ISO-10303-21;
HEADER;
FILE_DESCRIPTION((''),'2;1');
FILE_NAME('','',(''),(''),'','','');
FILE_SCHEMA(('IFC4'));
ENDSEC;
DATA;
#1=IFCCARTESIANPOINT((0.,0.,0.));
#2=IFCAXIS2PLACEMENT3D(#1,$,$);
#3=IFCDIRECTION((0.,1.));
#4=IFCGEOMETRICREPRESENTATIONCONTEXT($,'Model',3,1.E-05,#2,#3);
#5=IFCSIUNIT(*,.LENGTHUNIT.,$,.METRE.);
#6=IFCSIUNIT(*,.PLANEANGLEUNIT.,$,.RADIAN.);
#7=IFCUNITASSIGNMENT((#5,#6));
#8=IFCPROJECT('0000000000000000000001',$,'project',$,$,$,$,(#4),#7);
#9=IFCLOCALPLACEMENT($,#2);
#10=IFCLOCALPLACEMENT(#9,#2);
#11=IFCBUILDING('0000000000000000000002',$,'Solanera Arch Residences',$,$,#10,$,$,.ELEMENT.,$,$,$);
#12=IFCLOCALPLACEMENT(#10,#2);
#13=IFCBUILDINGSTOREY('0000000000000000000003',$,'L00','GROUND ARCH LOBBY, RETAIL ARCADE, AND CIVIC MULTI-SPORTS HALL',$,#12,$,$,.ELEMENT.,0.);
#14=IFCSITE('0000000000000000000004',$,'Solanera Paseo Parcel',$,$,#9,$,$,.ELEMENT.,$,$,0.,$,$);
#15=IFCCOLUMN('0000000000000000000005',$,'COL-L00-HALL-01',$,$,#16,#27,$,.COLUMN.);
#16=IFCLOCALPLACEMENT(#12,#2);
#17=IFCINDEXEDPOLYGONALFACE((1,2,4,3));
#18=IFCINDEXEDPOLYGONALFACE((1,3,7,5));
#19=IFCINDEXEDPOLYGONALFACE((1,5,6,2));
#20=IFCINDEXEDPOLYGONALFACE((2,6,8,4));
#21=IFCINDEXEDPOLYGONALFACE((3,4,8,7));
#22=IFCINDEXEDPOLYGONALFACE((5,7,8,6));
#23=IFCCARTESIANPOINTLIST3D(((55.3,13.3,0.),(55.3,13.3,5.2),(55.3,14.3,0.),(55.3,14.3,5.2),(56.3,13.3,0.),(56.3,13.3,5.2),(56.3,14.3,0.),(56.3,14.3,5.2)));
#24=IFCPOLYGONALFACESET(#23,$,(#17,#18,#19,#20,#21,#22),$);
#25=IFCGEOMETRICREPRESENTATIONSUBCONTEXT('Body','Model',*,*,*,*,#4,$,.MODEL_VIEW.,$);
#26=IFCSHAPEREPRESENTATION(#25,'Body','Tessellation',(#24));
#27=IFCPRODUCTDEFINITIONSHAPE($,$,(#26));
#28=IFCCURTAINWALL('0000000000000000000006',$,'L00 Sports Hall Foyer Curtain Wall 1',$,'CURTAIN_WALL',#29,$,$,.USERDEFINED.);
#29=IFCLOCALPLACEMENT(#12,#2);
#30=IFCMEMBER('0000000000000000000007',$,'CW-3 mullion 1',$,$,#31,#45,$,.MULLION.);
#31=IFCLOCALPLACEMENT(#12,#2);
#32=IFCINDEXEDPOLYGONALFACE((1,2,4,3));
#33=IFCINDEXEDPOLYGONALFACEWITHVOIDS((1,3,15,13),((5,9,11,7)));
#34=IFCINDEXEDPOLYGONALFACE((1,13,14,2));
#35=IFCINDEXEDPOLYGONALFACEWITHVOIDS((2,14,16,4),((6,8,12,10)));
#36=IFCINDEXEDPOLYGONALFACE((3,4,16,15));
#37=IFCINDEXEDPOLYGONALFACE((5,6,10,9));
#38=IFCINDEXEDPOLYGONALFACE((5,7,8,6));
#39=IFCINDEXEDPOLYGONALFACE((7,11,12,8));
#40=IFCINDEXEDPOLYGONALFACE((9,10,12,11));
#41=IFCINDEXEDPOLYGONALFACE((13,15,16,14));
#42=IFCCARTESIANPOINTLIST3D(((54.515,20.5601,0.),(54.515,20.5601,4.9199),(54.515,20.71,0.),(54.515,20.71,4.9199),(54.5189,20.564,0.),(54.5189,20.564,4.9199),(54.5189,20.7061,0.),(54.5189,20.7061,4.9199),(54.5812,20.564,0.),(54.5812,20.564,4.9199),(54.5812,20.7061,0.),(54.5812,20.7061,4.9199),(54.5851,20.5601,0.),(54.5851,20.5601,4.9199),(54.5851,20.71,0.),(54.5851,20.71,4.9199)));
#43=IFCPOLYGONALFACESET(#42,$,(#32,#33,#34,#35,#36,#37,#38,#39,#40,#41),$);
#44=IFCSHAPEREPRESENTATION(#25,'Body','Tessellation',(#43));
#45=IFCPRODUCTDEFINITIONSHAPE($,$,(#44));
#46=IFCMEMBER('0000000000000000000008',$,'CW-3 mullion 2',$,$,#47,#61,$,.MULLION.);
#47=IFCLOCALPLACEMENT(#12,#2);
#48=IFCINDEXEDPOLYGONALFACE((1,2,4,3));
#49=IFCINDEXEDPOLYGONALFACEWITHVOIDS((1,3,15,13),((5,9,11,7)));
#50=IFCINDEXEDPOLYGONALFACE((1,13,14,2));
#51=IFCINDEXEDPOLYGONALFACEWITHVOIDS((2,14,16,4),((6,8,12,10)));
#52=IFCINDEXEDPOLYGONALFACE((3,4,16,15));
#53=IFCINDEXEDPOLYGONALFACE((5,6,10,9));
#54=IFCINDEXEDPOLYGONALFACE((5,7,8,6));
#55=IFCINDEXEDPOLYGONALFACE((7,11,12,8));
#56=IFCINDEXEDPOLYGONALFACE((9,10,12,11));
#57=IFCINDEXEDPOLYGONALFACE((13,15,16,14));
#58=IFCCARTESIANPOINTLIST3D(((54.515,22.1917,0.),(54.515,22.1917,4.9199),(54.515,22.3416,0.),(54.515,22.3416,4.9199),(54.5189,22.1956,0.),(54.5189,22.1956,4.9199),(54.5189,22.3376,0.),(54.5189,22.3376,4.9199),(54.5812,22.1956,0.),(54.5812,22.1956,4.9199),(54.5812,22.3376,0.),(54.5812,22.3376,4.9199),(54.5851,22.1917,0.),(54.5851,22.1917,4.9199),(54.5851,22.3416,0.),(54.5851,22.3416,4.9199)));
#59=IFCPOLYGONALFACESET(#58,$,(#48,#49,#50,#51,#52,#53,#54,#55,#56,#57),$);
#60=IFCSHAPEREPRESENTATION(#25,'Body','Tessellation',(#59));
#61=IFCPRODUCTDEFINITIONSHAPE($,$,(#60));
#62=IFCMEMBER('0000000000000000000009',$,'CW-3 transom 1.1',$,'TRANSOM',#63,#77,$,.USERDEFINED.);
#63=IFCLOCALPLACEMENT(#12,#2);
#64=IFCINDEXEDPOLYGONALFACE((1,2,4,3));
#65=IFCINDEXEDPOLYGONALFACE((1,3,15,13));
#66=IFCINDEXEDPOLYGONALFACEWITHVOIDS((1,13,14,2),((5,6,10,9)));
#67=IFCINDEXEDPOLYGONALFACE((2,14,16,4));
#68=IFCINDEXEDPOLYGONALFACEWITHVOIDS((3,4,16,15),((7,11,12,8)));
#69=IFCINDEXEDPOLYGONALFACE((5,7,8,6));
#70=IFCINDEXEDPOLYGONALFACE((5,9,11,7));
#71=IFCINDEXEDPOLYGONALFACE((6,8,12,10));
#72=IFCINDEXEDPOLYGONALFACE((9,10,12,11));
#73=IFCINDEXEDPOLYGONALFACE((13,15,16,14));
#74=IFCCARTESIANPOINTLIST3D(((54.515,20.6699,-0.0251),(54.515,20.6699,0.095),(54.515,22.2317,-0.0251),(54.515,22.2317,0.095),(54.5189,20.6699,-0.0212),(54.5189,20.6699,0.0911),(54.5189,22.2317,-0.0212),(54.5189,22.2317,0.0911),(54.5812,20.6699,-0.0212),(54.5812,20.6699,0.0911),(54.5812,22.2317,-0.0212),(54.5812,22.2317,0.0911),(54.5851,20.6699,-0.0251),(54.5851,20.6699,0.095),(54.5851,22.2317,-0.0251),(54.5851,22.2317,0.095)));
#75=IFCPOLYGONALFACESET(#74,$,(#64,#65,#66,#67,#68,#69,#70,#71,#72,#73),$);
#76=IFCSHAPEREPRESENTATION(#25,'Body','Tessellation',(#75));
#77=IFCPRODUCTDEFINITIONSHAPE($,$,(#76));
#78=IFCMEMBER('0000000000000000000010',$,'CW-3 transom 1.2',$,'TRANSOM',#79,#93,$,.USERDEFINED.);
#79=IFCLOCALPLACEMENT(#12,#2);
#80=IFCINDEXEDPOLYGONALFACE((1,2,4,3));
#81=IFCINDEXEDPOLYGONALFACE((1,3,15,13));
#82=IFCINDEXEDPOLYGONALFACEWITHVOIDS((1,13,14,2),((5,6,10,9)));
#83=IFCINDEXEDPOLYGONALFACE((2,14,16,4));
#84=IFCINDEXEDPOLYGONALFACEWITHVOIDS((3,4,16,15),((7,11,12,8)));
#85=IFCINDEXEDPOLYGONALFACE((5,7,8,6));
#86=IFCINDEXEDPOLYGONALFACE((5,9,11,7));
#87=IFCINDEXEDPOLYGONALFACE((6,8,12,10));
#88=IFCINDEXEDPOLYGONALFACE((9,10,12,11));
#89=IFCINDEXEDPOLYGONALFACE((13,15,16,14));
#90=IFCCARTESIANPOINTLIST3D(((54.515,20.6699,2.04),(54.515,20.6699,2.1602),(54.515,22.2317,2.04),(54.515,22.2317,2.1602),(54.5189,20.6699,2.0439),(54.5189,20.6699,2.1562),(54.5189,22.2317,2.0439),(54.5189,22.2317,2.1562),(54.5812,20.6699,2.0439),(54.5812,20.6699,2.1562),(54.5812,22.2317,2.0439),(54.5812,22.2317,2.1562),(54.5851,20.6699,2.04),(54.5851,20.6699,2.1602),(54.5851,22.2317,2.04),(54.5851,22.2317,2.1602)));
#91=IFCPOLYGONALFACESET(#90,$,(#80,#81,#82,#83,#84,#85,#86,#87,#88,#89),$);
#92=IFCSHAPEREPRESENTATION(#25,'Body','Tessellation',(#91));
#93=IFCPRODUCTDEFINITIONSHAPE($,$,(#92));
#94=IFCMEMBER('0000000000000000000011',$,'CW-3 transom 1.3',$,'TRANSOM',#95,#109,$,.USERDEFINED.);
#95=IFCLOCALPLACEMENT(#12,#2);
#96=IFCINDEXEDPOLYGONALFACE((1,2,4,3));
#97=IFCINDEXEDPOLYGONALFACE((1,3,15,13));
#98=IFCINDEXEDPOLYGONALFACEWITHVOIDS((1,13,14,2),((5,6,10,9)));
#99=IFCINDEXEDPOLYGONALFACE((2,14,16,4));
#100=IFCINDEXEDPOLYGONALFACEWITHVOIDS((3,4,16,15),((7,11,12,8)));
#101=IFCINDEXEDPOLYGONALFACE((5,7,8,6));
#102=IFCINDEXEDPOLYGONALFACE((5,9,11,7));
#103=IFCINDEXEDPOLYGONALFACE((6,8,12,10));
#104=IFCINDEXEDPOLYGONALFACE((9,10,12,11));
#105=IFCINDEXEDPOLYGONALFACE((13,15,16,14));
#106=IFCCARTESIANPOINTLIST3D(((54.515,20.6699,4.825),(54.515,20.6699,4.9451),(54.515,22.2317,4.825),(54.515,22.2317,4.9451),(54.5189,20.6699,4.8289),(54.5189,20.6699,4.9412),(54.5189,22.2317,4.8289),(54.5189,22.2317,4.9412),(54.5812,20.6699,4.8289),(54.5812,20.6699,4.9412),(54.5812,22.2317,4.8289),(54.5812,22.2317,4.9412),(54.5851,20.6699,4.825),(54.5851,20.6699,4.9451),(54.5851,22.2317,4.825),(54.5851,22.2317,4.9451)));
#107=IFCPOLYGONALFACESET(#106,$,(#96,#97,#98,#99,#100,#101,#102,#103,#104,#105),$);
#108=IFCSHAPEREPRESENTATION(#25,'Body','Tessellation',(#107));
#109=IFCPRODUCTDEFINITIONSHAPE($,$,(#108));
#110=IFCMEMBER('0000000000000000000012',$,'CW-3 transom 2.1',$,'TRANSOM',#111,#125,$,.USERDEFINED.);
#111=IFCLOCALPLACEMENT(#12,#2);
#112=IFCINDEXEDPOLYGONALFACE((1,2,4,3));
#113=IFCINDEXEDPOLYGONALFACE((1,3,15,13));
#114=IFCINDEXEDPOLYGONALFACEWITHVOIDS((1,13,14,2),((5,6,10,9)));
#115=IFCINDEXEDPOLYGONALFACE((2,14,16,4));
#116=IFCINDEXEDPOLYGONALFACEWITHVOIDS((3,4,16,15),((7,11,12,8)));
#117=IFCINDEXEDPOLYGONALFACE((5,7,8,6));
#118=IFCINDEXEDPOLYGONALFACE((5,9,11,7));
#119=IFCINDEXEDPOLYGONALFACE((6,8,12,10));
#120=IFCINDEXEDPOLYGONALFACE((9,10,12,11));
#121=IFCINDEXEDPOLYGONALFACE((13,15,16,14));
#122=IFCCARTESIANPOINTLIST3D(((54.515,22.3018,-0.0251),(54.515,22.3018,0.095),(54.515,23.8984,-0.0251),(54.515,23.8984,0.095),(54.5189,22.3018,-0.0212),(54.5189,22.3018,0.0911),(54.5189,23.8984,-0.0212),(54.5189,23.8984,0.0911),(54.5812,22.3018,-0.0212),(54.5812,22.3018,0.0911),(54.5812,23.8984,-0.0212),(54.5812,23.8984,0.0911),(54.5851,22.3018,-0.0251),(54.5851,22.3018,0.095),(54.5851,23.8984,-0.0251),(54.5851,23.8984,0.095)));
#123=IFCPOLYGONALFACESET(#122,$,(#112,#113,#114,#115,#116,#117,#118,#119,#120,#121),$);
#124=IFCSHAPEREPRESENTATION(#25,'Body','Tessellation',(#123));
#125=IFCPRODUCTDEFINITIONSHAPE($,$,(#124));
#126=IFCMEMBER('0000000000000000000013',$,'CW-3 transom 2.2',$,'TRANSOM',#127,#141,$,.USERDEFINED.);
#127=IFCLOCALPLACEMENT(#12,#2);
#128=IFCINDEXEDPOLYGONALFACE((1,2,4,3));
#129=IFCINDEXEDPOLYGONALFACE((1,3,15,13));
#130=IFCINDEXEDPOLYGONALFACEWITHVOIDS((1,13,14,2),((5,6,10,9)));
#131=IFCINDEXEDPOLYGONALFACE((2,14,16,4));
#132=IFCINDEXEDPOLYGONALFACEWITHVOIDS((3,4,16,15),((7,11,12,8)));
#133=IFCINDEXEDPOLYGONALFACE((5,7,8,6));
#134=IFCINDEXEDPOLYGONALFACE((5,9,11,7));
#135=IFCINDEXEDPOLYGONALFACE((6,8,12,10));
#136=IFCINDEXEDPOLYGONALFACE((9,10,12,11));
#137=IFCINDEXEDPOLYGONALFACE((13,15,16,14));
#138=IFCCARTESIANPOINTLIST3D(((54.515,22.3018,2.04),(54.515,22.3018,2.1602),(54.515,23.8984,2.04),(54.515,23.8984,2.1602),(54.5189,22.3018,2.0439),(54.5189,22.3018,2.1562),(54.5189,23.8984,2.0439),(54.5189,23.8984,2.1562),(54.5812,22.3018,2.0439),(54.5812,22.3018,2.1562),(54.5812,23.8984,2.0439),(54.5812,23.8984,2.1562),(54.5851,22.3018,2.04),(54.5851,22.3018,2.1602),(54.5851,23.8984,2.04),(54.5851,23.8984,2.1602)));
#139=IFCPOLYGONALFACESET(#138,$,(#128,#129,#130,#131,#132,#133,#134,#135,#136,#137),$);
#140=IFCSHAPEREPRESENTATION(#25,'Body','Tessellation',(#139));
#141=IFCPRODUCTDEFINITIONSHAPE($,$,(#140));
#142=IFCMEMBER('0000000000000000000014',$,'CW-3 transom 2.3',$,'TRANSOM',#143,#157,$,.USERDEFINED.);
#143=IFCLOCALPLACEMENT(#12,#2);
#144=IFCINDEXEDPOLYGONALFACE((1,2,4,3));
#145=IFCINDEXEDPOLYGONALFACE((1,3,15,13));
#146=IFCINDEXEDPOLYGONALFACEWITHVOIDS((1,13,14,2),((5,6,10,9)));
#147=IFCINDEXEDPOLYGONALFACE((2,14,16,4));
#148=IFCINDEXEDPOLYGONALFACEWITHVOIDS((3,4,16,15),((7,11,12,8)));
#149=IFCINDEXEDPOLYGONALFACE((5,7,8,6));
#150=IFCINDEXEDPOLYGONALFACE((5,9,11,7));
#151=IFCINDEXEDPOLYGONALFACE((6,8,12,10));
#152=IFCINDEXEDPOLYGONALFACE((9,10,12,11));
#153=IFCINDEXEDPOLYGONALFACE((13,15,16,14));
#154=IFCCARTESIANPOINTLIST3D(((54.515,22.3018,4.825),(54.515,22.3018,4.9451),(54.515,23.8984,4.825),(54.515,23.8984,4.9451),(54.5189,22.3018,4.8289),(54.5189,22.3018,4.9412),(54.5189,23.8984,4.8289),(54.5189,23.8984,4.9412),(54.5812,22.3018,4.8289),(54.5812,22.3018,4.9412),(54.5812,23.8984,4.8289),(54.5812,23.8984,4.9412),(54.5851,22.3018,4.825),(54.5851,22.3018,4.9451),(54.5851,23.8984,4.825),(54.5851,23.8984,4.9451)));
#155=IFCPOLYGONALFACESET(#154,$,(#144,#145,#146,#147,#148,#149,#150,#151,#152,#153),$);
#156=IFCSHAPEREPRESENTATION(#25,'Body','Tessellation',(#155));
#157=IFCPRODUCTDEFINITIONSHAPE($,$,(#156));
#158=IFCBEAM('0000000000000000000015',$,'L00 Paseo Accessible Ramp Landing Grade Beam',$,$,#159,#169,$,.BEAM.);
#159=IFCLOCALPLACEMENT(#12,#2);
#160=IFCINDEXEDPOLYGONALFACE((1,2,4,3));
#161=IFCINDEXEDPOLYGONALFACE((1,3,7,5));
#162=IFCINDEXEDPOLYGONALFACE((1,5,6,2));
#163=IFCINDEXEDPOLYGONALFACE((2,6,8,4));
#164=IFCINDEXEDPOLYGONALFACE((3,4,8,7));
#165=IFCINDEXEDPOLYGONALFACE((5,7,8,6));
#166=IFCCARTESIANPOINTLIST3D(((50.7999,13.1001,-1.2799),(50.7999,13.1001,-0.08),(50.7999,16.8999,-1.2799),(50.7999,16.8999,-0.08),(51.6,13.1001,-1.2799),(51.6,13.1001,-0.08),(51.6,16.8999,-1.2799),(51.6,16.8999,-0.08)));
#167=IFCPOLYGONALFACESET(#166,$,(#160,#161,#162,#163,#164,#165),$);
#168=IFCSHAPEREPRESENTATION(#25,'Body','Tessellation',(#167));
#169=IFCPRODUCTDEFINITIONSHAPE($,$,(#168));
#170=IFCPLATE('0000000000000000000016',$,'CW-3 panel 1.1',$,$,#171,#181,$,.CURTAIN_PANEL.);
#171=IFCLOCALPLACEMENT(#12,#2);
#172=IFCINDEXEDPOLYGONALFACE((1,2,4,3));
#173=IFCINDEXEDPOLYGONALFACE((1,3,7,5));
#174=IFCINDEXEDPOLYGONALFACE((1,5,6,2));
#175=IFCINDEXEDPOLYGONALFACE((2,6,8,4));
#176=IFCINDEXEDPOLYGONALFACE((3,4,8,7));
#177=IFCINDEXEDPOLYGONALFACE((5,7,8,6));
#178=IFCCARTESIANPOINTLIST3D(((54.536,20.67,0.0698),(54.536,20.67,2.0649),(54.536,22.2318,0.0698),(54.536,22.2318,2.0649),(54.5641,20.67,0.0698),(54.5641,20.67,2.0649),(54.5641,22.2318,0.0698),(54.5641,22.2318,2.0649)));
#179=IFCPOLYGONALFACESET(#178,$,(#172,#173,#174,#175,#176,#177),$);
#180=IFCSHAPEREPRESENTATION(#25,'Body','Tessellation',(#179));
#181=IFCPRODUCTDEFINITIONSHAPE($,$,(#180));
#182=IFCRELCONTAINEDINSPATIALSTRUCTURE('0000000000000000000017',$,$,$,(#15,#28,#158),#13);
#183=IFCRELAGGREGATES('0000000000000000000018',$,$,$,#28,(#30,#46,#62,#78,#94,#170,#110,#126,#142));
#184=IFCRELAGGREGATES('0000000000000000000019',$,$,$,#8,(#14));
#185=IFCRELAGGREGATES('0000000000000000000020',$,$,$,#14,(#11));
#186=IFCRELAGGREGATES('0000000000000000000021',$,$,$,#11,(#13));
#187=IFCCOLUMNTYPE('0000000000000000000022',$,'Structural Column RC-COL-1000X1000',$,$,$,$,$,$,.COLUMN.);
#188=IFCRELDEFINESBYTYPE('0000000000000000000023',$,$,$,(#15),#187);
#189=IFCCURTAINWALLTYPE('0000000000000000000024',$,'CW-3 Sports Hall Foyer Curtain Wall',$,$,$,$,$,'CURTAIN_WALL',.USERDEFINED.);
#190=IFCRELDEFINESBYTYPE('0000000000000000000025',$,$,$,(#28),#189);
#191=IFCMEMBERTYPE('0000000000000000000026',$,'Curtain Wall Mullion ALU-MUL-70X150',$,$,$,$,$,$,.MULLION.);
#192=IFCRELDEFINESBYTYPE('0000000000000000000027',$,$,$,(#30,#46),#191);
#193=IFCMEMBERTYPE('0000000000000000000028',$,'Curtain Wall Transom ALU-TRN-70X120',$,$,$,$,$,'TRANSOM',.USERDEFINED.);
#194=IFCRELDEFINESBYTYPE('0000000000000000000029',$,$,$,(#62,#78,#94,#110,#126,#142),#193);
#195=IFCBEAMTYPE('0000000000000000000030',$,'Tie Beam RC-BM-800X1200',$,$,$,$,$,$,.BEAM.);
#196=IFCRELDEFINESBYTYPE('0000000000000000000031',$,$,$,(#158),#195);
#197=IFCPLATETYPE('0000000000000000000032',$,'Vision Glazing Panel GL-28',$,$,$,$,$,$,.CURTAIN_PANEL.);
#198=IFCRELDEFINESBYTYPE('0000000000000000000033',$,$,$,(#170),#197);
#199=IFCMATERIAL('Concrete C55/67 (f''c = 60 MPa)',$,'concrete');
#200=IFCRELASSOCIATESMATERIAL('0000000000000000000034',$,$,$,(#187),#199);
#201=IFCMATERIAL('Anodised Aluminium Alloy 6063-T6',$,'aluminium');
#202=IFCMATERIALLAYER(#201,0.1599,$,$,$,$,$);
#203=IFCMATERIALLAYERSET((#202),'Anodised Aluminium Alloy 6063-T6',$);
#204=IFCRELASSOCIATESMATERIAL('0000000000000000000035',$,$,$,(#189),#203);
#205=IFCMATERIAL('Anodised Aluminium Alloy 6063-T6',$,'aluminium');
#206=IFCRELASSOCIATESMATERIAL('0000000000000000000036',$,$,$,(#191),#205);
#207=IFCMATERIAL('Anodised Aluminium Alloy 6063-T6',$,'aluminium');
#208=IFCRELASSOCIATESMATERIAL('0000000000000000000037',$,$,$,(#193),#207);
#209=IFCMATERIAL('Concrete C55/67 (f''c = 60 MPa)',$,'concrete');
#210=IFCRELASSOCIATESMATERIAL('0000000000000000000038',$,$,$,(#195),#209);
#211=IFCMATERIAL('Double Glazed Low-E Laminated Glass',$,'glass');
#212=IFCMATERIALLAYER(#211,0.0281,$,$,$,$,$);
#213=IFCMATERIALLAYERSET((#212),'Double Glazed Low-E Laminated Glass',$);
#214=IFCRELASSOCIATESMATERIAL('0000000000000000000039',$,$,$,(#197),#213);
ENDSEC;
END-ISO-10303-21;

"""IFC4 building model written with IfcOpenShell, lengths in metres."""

from ifc_helpers import new_model, si_unit, direction, frame, origin, origin_2d, place, context, subcontext, project, spatial, rectangle, hollow_rectangle, extrude, material, layer, layer_set, material_profile, profile_set, type_object, element, aggregate, save


model = new_model("IFC4")

# Units and contexts
model_context = context("Model", 3, precision=1e-05, world=origin(), true_north=direction((0.0, 1.0)))
body_context = subcontext(model_context, "Body", "Model", "MODEL_VIEW")
ifc_project = project(units=[si_unit("LENGTHUNIT", "METRE"), si_unit("PLANEANGLEUNIT", "RADIAN")], contexts=[model_context])

# Site, building, storey
site_placement = place(None, origin())
site = spatial("IfcSite", under=ifc_project, at=site_placement, Name="Solanera Paseo Parcel", CompositionType="ELEMENT", RefElevation=0.0)
building_placement = place(site_placement, origin())
building = spatial("IfcBuilding", under=site, at=building_placement, Name="Solanera Arch Residences", CompositionType="ELEMENT")
storey_placement = place(building_placement, origin())
storey = spatial("IfcBuildingStorey", under=building, at=storey_placement, Name="L00", Description="GROUND ARCH LOBBY, RETAIL ARCADE, AND CIVIC MULTI-SPORTS HALL", CompositionType="ELEMENT", Elevation=0.0)

# Column
ifc_material_1 = material(Name="Concrete C55/67 (f'c = 60 MPa)", Category="concrete")
ifc_material_profile_1 = material_profile(ifc_material_1, rectangle(XDim=1.0, YDim=1.0, at=origin_2d()))
ifc_profile_set_1 = profile_set([ifc_material_profile_1], Name="Concrete C55/67 (f'c = 60 MPa)")
column_type = type_object("IfcColumnType", Name="Structural Column RC-COL-1000X1000", PredefinedType="COLUMN", material=ifc_profile_set_1)
column_placement = place(storey_placement, frame((55.8, 13.8, 0.0), z_axis=(0.0, 0.0, 1.0), x_axis=(1.0, 0.0, 0.0)))
element("IfcColumn", 1, at=column_placement, inside=storey, type_object=column_type, Name="COL-L00-HALL-01", PredefinedType="COLUMN", context=body_context, shape_type="SweptSolid", body=[
    extrude(rectangle(XDim=1.0, YDim=1.0, at=origin_2d()), origin(), (0.0, 0.0, 1.0), 5.2),
])

# Curtain wall, members
ifc_material_2 = material(Name="Anodised Aluminium Alloy 6063-T6", Category="aluminium")
ifc_layer_1 = layer(ifc_material_2, 0.1599)
ifc_layer_set_1 = layer_set([ifc_layer_1], Name="Anodised Aluminium Alloy 6063-T6")
curtain_wall_type = type_object("IfcCurtainWallType", Name="CW-3 Sports Hall Foyer Curtain Wall", ElementType="CURTAIN_WALL", PredefinedType="USERDEFINED", material=ifc_layer_set_1)
curtain_wall_placement = place(storey_placement, origin())
curtain_wall = element("IfcCurtainWall", 2, at=curtain_wall_placement, inside=storey, type_object=curtain_wall_type, Name="L00 Sports Hall Foyer Curtain Wall 1", ObjectType="CURTAIN_WALL", PredefinedType="USERDEFINED")
ifc_material_3 = material(Name="Anodised Aluminium Alloy 6063-T6", Category="aluminium")
ifc_material_profile_2 = material_profile(ifc_material_3, hollow_rectangle(XDim=0.0701, YDim=0.1499, WallThickness=0.0039, at=origin_2d()))
ifc_profile_set_2 = profile_set([ifc_material_profile_2], Name="Anodised Aluminium Alloy 6063-T6")
member_type_1 = type_object("IfcMemberType", Name="Curtain Wall Mullion ALU-MUL-70X150", PredefinedType="MULLION", material=ifc_profile_set_2)
member_1_placement = place(storey_placement, frame((54.55, 20.635, 0.0), z_axis=(0.0, 0.0, 1.0), x_axis=(-1.0, 0.0, 0.0)))
member_1 = element("IfcMember", 3, at=member_1_placement, type_object=member_type_1, Name="CW-3 mullion 1", PredefinedType="MULLION", context=body_context, shape_type="SweptSolid", body=[
    extrude(hollow_rectangle(XDim=0.0701, YDim=0.1499, WallThickness=0.0039, at=origin_2d()), origin(), (0.0, 0.0, 1.0), 4.9199),
])
member_2_placement = place(storey_placement, frame((54.55, 22.2666, 0.0), z_axis=(0.0, 0.0, 1.0), x_axis=(-1.0, 0.0, 0.0)))
member_2 = element("IfcMember", 4, at=member_2_placement, type_object=member_type_1, Name="CW-3 mullion 2", PredefinedType="MULLION", context=body_context, shape_type="SweptSolid", body=[
    extrude(hollow_rectangle(XDim=0.0701, YDim=0.1499, WallThickness=0.0039, at=origin_2d()), origin(), (0.0, 0.0, 1.0), 4.9199),
])
ifc_material_4 = material(Name="Anodised Aluminium Alloy 6063-T6", Category="aluminium")
ifc_material_profile_3 = material_profile(ifc_material_4, hollow_rectangle(XDim=0.0701, YDim=0.1201, WallThickness=0.0039, at=origin_2d()))
ifc_profile_set_3 = profile_set([ifc_material_profile_3], Name="Anodised Aluminium Alloy 6063-T6")
member_type_2 = type_object("IfcMemberType", Name="Curtain Wall Transom ALU-TRN-70X120", ElementType="TRANSOM", PredefinedType="USERDEFINED", material=ifc_profile_set_3)
member_3_placement = place(storey_placement, frame((54.55, 20.6699, 0.0349), z_axis=(0.0, 1.0, 0.0), x_axis=(-1.0, 0.0, 0.0)))
member_3 = element("IfcMember", 5, at=member_3_placement, type_object=member_type_2, Name="CW-3 transom 1.1", ObjectType="TRANSOM", PredefinedType="USERDEFINED", context=body_context, shape_type="SweptSolid", body=[
    extrude(hollow_rectangle(XDim=0.0701, YDim=0.1201, WallThickness=0.0039, at=origin_2d()), origin(), (0.0, 0.0, 1.0), 1.5618),
])
member_4_placement = place(storey_placement, frame((54.55, 20.6699, 2.1001), z_axis=(0.0, 1.0, 0.0), x_axis=(-1.0, 0.0, 0.0)))
member_4 = element("IfcMember", 6, at=member_4_placement, type_object=member_type_2, Name="CW-3 transom 1.2", ObjectType="TRANSOM", PredefinedType="USERDEFINED", context=body_context, shape_type="SweptSolid", body=[
    extrude(hollow_rectangle(XDim=0.0701, YDim=0.1201, WallThickness=0.0039, at=origin_2d()), origin(), (0.0, 0.0, 1.0), 1.5618),
])
member_5_placement = place(storey_placement, frame((54.55, 20.6699, 4.885), z_axis=(0.0, 1.0, 0.0), x_axis=(-1.0, 0.0, 0.0)))
member_5 = element("IfcMember", 7, at=member_5_placement, type_object=member_type_2, Name="CW-3 transom 1.3", ObjectType="TRANSOM", PredefinedType="USERDEFINED", context=body_context, shape_type="SweptSolid", body=[
    extrude(hollow_rectangle(XDim=0.0701, YDim=0.1201, WallThickness=0.0039, at=origin_2d()), origin(), (0.0, 0.0, 1.0), 1.5618),
])
member_6_placement = place(storey_placement, frame((54.55, 22.3018, 0.0349), z_axis=(0.0, 1.0, 0.0), x_axis=(-1.0, 0.0, 0.0)))
member_6 = element("IfcMember", 8, at=member_6_placement, type_object=member_type_2, Name="CW-3 transom 2.1", ObjectType="TRANSOM", PredefinedType="USERDEFINED", context=body_context, shape_type="SweptSolid", body=[
    extrude(hollow_rectangle(XDim=0.0701, YDim=0.1201, WallThickness=0.0039, at=origin_2d()), origin(), (0.0, 0.0, 1.0), 1.5967),
])
member_7_placement = place(storey_placement, frame((54.55, 22.3018, 2.1001), z_axis=(0.0, 1.0, 0.0), x_axis=(-1.0, 0.0, 0.0)))
member_7 = element("IfcMember", 9, at=member_7_placement, type_object=member_type_2, Name="CW-3 transom 2.2", ObjectType="TRANSOM", PredefinedType="USERDEFINED", context=body_context, shape_type="SweptSolid", body=[
    extrude(hollow_rectangle(XDim=0.0701, YDim=0.1201, WallThickness=0.0039, at=origin_2d()), origin(), (0.0, 0.0, 1.0), 1.5967),
])
member_8_placement = place(storey_placement, frame((54.55, 22.3018, 4.885), z_axis=(0.0, 1.0, 0.0), x_axis=(-1.0, 0.0, 0.0)))
member_8 = element("IfcMember", 10, at=member_8_placement, type_object=member_type_2, Name="CW-3 transom 2.3", ObjectType="TRANSOM", PredefinedType="USERDEFINED", context=body_context, shape_type="SweptSolid", body=[
    extrude(hollow_rectangle(XDim=0.0701, YDim=0.1201, WallThickness=0.0039, at=origin_2d()), origin(), (0.0, 0.0, 1.0), 1.5967),
])

# Beam
ifc_material_5 = material(Name="Concrete C55/67 (f'c = 60 MPa)", Category="concrete")
ifc_material_profile_4 = material_profile(ifc_material_5, rectangle(XDim=0.8, YDim=1.2, at=origin_2d()))
ifc_profile_set_4 = profile_set([ifc_material_profile_4], Name="Concrete C55/67 (f'c = 60 MPa)")
beam_type = type_object("IfcBeamType", Name="Tie Beam RC-BM-800X1200", PredefinedType="BEAM", material=ifc_profile_set_4)
beam_placement = place(storey_placement, frame((51.2, 13.1001, -0.6799), z_axis=(0.0, 1.0, 0.0), x_axis=(-1.0, 0.0, 0.0)))
element("IfcBeam", 11, at=beam_placement, inside=storey, type_object=beam_type, Name="L00 Paseo Accessible Ramp Landing Grade Beam", PredefinedType="BEAM", context=body_context, shape_type="SweptSolid", body=[
    extrude(rectangle(XDim=0.8, YDim=1.2, at=origin_2d()), origin(), (0.0, 0.0, 1.0), 3.7998),
])

# Plate
ifc_material_6 = material(Name="Double Glazed Low-E Laminated Glass", Category="glass")
ifc_layer_2 = layer(ifc_material_6, 0.0281)
ifc_layer_set_2 = layer_set([ifc_layer_2], Name="Double Glazed Low-E Laminated Glass")
plate_type = type_object("IfcPlateType", Name="Vision Glazing Panel GL-28", PredefinedType="CURTAIN_PANEL", material=ifc_layer_set_2)
plate_1_placement = place(storey_placement, frame((54.55, 21.4509, 0.0698), z_axis=(0.0, 0.0, 1.0), x_axis=(0.0, 1.0, 0.0)))
plate_1 = element("IfcPlate", 12, at=plate_1_placement, type_object=plate_type, Name="CW-3 panel 1.1", PredefinedType="CURTAIN_PANEL", context=body_context, shape_type="SweptSolid", body=[
    extrude(rectangle(XDim=1.5618, YDim=0.0281, at=origin_2d()), origin(), (0.0, 0.0, 1.0), 1.9951),
])
aggregate(curtain_wall, [member_1, member_2, member_3, member_4, member_5, plate_1, member_6, member_7, member_8])

save(model, "model.ifc")
